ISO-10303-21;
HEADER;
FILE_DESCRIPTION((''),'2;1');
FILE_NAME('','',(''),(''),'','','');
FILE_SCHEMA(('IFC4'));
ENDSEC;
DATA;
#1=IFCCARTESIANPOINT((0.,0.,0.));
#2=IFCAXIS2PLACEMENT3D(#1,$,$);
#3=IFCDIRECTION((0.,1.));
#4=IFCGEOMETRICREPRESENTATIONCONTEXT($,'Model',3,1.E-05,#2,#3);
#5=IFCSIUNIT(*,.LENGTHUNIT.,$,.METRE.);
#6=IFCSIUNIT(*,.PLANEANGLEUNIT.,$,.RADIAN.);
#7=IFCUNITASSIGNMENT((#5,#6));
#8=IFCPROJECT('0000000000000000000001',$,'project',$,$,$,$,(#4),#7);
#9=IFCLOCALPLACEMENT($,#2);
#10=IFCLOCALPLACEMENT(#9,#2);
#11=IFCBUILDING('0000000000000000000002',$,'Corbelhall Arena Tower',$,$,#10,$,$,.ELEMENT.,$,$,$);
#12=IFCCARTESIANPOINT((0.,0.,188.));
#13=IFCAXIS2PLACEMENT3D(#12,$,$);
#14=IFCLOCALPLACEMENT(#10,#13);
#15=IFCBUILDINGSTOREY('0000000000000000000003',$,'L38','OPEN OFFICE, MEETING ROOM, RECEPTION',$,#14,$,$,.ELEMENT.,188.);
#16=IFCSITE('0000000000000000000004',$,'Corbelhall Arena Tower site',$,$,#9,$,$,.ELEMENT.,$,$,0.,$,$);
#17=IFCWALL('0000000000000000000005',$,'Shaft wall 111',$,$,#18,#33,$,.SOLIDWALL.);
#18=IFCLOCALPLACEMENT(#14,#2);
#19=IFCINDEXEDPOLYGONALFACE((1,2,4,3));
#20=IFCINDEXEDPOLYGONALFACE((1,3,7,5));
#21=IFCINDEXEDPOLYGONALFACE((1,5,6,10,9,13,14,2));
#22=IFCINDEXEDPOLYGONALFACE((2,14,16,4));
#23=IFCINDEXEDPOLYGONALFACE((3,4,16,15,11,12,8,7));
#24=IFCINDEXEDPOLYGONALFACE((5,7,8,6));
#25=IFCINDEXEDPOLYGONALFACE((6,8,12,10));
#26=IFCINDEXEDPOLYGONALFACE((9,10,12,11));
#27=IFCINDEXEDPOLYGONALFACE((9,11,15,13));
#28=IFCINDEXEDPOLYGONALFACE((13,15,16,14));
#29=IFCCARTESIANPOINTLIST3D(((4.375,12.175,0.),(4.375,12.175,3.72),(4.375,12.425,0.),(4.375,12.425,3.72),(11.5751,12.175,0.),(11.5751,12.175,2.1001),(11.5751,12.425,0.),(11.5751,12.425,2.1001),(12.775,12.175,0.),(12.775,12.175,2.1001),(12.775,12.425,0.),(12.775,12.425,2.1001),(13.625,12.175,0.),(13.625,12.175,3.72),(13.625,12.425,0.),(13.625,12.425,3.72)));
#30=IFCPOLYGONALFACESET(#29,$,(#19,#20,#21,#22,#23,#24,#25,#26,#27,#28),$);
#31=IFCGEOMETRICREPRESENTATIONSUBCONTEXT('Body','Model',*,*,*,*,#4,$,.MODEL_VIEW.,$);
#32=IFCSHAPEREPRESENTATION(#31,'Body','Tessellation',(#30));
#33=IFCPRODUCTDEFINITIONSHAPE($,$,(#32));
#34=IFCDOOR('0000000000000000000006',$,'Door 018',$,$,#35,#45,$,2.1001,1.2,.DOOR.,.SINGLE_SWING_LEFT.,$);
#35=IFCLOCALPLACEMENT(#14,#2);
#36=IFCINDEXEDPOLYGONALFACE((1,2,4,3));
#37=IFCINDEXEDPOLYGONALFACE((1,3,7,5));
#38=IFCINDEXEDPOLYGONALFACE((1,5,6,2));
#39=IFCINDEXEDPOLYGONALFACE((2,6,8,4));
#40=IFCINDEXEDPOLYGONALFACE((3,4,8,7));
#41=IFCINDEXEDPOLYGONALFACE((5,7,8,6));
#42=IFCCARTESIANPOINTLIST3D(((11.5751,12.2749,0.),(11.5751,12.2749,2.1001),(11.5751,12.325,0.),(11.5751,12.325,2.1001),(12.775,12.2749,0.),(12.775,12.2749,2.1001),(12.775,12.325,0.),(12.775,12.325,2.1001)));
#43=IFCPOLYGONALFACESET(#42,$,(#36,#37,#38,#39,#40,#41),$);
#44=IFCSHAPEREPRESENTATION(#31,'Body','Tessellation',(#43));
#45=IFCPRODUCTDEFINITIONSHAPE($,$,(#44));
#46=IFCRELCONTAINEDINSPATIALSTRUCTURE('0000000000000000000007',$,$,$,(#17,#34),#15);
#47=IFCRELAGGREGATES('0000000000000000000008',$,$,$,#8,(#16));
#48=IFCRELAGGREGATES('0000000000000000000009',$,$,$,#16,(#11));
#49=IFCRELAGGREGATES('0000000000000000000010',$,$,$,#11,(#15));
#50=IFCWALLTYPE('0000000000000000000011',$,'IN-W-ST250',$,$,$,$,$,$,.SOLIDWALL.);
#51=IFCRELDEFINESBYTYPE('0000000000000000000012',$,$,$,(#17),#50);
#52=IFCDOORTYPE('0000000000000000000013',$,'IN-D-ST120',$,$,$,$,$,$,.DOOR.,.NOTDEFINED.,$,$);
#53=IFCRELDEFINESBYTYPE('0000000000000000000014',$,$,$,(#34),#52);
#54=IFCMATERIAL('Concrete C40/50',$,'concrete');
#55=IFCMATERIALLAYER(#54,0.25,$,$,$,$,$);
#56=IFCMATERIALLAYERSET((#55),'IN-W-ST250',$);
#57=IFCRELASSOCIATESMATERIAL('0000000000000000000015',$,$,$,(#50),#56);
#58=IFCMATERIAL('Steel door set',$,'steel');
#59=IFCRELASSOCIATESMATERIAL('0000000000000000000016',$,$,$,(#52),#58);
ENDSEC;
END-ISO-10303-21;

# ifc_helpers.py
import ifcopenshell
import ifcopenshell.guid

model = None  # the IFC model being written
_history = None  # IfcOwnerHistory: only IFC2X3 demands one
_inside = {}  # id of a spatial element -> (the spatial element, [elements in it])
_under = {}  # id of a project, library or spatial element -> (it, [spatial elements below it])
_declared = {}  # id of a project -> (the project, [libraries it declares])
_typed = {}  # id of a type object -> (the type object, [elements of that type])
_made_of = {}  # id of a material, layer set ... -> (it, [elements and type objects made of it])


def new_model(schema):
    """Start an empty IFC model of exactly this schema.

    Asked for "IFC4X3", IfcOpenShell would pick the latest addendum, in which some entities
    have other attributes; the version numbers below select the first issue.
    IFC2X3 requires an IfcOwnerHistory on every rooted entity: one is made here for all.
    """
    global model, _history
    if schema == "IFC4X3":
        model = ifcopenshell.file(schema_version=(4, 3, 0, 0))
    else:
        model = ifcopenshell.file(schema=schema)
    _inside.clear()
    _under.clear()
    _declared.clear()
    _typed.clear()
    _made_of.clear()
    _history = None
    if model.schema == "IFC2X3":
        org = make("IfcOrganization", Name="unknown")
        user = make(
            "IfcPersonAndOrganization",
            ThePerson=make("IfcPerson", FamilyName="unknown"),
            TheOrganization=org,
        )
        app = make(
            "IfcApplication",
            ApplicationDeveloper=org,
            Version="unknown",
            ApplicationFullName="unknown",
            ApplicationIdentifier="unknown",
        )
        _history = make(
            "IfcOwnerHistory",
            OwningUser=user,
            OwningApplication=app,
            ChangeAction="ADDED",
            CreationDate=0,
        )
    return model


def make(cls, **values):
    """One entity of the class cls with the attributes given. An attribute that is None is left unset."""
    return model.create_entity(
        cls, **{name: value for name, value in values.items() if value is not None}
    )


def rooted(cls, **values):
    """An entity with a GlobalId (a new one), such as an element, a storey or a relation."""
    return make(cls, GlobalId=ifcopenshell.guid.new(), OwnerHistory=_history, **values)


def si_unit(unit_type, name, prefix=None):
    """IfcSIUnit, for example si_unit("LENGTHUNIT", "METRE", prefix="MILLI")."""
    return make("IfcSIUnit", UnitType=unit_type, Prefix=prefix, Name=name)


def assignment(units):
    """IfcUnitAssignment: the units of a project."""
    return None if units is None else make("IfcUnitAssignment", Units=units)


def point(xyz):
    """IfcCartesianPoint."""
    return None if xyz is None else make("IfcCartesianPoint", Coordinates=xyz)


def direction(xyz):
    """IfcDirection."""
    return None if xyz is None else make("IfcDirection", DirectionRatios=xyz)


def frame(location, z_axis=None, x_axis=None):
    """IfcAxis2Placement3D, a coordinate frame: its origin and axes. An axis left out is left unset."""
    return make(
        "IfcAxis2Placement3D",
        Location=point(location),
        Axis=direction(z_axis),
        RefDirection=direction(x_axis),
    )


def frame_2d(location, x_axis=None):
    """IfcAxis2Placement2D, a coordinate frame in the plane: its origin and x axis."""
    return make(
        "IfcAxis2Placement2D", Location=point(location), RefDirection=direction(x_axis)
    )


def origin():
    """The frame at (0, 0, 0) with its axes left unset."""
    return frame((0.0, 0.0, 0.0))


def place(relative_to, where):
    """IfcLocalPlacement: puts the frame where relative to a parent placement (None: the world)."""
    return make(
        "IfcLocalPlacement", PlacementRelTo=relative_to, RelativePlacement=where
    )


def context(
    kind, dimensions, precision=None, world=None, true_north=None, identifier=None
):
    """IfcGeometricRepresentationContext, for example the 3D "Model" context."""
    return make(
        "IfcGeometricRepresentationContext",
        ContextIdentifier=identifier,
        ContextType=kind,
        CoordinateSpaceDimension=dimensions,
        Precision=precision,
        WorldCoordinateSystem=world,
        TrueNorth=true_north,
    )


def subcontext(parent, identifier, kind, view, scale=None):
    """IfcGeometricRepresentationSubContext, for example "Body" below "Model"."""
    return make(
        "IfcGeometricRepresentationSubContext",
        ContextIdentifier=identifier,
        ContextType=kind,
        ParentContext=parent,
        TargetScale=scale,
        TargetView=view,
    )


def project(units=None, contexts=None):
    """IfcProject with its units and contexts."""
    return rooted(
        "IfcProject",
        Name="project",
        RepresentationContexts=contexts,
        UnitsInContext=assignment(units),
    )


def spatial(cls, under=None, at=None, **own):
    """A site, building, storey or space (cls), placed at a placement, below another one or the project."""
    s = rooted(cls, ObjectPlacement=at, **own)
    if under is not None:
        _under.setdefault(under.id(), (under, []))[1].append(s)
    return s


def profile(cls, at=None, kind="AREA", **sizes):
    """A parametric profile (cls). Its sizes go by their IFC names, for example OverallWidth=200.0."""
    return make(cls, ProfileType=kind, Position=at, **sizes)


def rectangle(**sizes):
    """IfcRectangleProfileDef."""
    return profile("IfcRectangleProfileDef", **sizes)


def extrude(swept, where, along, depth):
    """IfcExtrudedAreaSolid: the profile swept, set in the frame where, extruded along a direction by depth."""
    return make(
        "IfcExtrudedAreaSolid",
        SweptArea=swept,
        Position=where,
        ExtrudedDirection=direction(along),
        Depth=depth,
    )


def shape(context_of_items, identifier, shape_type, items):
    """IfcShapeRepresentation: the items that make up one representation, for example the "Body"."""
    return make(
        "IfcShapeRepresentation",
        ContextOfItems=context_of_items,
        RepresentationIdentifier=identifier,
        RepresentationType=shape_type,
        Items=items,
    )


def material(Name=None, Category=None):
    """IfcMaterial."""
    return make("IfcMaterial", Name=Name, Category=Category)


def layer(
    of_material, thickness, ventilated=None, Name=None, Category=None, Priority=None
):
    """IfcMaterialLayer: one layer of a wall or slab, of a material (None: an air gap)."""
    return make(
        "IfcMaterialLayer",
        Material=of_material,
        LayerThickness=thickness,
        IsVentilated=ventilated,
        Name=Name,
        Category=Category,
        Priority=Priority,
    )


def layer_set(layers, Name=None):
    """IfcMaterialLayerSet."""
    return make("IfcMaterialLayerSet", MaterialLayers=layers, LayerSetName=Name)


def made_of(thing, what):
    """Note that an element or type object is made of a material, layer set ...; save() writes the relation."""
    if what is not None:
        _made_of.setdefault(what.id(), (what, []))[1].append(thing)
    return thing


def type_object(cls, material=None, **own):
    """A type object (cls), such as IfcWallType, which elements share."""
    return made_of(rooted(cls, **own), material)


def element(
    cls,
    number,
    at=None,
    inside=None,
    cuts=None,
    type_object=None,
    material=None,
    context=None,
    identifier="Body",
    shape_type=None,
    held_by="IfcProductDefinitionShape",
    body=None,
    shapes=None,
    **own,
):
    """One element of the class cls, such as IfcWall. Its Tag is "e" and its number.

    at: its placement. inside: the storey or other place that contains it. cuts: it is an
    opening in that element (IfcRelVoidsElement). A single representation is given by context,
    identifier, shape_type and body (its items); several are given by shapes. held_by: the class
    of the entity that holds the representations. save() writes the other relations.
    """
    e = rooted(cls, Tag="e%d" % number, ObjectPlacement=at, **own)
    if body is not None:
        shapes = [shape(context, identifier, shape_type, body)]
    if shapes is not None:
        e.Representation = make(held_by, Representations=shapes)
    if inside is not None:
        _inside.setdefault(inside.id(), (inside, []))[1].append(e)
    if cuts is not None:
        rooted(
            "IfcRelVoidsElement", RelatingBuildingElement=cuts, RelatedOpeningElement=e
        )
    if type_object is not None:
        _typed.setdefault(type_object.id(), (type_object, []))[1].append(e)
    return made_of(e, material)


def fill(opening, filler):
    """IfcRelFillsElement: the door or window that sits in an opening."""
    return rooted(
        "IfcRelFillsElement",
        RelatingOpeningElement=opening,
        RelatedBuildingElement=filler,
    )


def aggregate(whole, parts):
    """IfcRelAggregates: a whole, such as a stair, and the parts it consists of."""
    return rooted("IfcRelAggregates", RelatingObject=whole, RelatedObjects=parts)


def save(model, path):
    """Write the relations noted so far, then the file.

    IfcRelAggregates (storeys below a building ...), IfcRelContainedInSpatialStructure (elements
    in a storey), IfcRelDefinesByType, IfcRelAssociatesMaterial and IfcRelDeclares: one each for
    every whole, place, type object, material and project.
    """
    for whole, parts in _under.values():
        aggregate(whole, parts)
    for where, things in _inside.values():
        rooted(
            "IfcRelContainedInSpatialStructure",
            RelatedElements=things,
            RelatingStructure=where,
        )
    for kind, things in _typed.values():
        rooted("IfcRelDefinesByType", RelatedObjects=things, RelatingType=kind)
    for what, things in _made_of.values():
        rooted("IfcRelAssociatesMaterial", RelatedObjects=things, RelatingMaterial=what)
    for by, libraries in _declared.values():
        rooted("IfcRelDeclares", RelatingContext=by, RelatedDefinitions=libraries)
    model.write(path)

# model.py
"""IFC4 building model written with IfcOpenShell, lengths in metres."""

from ifc_helpers import new_model, si_unit, direction, frame, frame_2d, origin, place, context, subcontext, project, spatial, rectangle, extrude, material, layer, layer_set, type_object, element, fill, save


model = new_model("IFC4")

# Units and contexts
model_context = context("Model", 3, precision=1e-05, world=origin(), true_north=direction((0.0, 1.0)))
body_context = subcontext(model_context, "Body", "Model", "MODEL_VIEW")
ifc_project = project(units=[si_unit("LENGTHUNIT", "METRE"), si_unit("PLANEANGLEUNIT", "RADIAN")], contexts=[model_context])

# Site, building, storey
site_placement = place(None, origin())
site = spatial("IfcSite", under=ifc_project, at=site_placement, Name="Corbelhall Arena Tower site", CompositionType="ELEMENT", RefElevation=0.0)
building_placement = place(site_placement, origin())
building = spatial("IfcBuilding", under=site, at=building_placement, Name="Corbelhall Arena Tower", CompositionType="ELEMENT")
storey_placement = place(building_placement, frame((0.0, 0.0, 188.0)))
storey = spatial("IfcBuildingStorey", under=building, at=storey_placement, Name="L38", Description="OPEN OFFICE, MEETING ROOM, RECEPTION", CompositionType="ELEMENT", Elevation=188.0)

# Shared definitions
ifc_material_1 = material(Name="Concrete C40/50", Category="concrete")

# Shared definitions
ifc_material_2 = material(Name="Steel door set", Category="steel")

# Wall, opening, door
ifc_layer_1 = layer(ifc_material_1, 0.25)
ifc_layer_set_1 = layer_set([ifc_layer_1], Name="IN-W-ST250")
wall_type_1 = type_object("IfcWallType", Name="IN-W-ST250", PredefinedType="SOLIDWALL", material=ifc_layer_set_1)
wall_1_placement = place(storey_placement, frame((4.375, 12.3, 0.0), z_axis=(0.0, 0.0, 1.0), x_axis=(1.0, 0.0, 0.0)))
wall_1 = element("IfcWall", 1, at=wall_1_placement, inside=storey, type_object=wall_type_1, Name="Shaft wall 111", PredefinedType="SOLIDWALL", context=body_context, shape_type="SweptSolid", body=[
    extrude(rectangle(XDim=9.25, YDim=0.25, at=frame_2d((4.625, 0.0))), origin(), (0.0, 0.0, 1.0), 3.72),
])
opening_1_placement = place(wall_1_placement, frame((7.2, 0.0, 0.0)))
opening_1 = element("IfcOpeningElement", 2, at=opening_1_placement, cuts=wall_1, PredefinedType="OPENING", context=body_context, shape_type="SweptSolid", body=[
    extrude(rectangle(XDim=1.2, YDim=2.1001, at=frame_2d((0.6001, 1.05))), frame((0.0, 0.125, 0.0), z_axis=(0.0, -1.0, 0.0), x_axis=(1.0, 0.0, 0.0)), (0.0, 0.0, 1.0), 0.25),
])
door_type_1 = type_object("IfcDoorType", Name="IN-D-ST120", OperationType="NOTDEFINED", PredefinedType="DOOR", material=ifc_material_2)
door_1_placement = place(opening_1_placement, origin())
door_1 = element("IfcDoor", 3, at=door_1_placement, inside=storey, type_object=door_type_1, Name="Door 018", OperationType="SINGLE_SWING_LEFT", OverallHeight=2.1001, OverallWidth=1.2, PredefinedType="DOOR", context=body_context, shape_type="SweptSolid", body=[
    extrude(rectangle(XDim=1.2, YDim=2.1001, at=frame_2d((0.6001, 1.05))), frame((0.0, 0.0249, 0.0), z_axis=(0.0, -1.0, 0.0), x_axis=(1.0, 0.0, 0.0)), (0.0, 0.0, 1.0), 0.05),
])
fill(opening_1, door_1)

save(model, "model.ifc")
